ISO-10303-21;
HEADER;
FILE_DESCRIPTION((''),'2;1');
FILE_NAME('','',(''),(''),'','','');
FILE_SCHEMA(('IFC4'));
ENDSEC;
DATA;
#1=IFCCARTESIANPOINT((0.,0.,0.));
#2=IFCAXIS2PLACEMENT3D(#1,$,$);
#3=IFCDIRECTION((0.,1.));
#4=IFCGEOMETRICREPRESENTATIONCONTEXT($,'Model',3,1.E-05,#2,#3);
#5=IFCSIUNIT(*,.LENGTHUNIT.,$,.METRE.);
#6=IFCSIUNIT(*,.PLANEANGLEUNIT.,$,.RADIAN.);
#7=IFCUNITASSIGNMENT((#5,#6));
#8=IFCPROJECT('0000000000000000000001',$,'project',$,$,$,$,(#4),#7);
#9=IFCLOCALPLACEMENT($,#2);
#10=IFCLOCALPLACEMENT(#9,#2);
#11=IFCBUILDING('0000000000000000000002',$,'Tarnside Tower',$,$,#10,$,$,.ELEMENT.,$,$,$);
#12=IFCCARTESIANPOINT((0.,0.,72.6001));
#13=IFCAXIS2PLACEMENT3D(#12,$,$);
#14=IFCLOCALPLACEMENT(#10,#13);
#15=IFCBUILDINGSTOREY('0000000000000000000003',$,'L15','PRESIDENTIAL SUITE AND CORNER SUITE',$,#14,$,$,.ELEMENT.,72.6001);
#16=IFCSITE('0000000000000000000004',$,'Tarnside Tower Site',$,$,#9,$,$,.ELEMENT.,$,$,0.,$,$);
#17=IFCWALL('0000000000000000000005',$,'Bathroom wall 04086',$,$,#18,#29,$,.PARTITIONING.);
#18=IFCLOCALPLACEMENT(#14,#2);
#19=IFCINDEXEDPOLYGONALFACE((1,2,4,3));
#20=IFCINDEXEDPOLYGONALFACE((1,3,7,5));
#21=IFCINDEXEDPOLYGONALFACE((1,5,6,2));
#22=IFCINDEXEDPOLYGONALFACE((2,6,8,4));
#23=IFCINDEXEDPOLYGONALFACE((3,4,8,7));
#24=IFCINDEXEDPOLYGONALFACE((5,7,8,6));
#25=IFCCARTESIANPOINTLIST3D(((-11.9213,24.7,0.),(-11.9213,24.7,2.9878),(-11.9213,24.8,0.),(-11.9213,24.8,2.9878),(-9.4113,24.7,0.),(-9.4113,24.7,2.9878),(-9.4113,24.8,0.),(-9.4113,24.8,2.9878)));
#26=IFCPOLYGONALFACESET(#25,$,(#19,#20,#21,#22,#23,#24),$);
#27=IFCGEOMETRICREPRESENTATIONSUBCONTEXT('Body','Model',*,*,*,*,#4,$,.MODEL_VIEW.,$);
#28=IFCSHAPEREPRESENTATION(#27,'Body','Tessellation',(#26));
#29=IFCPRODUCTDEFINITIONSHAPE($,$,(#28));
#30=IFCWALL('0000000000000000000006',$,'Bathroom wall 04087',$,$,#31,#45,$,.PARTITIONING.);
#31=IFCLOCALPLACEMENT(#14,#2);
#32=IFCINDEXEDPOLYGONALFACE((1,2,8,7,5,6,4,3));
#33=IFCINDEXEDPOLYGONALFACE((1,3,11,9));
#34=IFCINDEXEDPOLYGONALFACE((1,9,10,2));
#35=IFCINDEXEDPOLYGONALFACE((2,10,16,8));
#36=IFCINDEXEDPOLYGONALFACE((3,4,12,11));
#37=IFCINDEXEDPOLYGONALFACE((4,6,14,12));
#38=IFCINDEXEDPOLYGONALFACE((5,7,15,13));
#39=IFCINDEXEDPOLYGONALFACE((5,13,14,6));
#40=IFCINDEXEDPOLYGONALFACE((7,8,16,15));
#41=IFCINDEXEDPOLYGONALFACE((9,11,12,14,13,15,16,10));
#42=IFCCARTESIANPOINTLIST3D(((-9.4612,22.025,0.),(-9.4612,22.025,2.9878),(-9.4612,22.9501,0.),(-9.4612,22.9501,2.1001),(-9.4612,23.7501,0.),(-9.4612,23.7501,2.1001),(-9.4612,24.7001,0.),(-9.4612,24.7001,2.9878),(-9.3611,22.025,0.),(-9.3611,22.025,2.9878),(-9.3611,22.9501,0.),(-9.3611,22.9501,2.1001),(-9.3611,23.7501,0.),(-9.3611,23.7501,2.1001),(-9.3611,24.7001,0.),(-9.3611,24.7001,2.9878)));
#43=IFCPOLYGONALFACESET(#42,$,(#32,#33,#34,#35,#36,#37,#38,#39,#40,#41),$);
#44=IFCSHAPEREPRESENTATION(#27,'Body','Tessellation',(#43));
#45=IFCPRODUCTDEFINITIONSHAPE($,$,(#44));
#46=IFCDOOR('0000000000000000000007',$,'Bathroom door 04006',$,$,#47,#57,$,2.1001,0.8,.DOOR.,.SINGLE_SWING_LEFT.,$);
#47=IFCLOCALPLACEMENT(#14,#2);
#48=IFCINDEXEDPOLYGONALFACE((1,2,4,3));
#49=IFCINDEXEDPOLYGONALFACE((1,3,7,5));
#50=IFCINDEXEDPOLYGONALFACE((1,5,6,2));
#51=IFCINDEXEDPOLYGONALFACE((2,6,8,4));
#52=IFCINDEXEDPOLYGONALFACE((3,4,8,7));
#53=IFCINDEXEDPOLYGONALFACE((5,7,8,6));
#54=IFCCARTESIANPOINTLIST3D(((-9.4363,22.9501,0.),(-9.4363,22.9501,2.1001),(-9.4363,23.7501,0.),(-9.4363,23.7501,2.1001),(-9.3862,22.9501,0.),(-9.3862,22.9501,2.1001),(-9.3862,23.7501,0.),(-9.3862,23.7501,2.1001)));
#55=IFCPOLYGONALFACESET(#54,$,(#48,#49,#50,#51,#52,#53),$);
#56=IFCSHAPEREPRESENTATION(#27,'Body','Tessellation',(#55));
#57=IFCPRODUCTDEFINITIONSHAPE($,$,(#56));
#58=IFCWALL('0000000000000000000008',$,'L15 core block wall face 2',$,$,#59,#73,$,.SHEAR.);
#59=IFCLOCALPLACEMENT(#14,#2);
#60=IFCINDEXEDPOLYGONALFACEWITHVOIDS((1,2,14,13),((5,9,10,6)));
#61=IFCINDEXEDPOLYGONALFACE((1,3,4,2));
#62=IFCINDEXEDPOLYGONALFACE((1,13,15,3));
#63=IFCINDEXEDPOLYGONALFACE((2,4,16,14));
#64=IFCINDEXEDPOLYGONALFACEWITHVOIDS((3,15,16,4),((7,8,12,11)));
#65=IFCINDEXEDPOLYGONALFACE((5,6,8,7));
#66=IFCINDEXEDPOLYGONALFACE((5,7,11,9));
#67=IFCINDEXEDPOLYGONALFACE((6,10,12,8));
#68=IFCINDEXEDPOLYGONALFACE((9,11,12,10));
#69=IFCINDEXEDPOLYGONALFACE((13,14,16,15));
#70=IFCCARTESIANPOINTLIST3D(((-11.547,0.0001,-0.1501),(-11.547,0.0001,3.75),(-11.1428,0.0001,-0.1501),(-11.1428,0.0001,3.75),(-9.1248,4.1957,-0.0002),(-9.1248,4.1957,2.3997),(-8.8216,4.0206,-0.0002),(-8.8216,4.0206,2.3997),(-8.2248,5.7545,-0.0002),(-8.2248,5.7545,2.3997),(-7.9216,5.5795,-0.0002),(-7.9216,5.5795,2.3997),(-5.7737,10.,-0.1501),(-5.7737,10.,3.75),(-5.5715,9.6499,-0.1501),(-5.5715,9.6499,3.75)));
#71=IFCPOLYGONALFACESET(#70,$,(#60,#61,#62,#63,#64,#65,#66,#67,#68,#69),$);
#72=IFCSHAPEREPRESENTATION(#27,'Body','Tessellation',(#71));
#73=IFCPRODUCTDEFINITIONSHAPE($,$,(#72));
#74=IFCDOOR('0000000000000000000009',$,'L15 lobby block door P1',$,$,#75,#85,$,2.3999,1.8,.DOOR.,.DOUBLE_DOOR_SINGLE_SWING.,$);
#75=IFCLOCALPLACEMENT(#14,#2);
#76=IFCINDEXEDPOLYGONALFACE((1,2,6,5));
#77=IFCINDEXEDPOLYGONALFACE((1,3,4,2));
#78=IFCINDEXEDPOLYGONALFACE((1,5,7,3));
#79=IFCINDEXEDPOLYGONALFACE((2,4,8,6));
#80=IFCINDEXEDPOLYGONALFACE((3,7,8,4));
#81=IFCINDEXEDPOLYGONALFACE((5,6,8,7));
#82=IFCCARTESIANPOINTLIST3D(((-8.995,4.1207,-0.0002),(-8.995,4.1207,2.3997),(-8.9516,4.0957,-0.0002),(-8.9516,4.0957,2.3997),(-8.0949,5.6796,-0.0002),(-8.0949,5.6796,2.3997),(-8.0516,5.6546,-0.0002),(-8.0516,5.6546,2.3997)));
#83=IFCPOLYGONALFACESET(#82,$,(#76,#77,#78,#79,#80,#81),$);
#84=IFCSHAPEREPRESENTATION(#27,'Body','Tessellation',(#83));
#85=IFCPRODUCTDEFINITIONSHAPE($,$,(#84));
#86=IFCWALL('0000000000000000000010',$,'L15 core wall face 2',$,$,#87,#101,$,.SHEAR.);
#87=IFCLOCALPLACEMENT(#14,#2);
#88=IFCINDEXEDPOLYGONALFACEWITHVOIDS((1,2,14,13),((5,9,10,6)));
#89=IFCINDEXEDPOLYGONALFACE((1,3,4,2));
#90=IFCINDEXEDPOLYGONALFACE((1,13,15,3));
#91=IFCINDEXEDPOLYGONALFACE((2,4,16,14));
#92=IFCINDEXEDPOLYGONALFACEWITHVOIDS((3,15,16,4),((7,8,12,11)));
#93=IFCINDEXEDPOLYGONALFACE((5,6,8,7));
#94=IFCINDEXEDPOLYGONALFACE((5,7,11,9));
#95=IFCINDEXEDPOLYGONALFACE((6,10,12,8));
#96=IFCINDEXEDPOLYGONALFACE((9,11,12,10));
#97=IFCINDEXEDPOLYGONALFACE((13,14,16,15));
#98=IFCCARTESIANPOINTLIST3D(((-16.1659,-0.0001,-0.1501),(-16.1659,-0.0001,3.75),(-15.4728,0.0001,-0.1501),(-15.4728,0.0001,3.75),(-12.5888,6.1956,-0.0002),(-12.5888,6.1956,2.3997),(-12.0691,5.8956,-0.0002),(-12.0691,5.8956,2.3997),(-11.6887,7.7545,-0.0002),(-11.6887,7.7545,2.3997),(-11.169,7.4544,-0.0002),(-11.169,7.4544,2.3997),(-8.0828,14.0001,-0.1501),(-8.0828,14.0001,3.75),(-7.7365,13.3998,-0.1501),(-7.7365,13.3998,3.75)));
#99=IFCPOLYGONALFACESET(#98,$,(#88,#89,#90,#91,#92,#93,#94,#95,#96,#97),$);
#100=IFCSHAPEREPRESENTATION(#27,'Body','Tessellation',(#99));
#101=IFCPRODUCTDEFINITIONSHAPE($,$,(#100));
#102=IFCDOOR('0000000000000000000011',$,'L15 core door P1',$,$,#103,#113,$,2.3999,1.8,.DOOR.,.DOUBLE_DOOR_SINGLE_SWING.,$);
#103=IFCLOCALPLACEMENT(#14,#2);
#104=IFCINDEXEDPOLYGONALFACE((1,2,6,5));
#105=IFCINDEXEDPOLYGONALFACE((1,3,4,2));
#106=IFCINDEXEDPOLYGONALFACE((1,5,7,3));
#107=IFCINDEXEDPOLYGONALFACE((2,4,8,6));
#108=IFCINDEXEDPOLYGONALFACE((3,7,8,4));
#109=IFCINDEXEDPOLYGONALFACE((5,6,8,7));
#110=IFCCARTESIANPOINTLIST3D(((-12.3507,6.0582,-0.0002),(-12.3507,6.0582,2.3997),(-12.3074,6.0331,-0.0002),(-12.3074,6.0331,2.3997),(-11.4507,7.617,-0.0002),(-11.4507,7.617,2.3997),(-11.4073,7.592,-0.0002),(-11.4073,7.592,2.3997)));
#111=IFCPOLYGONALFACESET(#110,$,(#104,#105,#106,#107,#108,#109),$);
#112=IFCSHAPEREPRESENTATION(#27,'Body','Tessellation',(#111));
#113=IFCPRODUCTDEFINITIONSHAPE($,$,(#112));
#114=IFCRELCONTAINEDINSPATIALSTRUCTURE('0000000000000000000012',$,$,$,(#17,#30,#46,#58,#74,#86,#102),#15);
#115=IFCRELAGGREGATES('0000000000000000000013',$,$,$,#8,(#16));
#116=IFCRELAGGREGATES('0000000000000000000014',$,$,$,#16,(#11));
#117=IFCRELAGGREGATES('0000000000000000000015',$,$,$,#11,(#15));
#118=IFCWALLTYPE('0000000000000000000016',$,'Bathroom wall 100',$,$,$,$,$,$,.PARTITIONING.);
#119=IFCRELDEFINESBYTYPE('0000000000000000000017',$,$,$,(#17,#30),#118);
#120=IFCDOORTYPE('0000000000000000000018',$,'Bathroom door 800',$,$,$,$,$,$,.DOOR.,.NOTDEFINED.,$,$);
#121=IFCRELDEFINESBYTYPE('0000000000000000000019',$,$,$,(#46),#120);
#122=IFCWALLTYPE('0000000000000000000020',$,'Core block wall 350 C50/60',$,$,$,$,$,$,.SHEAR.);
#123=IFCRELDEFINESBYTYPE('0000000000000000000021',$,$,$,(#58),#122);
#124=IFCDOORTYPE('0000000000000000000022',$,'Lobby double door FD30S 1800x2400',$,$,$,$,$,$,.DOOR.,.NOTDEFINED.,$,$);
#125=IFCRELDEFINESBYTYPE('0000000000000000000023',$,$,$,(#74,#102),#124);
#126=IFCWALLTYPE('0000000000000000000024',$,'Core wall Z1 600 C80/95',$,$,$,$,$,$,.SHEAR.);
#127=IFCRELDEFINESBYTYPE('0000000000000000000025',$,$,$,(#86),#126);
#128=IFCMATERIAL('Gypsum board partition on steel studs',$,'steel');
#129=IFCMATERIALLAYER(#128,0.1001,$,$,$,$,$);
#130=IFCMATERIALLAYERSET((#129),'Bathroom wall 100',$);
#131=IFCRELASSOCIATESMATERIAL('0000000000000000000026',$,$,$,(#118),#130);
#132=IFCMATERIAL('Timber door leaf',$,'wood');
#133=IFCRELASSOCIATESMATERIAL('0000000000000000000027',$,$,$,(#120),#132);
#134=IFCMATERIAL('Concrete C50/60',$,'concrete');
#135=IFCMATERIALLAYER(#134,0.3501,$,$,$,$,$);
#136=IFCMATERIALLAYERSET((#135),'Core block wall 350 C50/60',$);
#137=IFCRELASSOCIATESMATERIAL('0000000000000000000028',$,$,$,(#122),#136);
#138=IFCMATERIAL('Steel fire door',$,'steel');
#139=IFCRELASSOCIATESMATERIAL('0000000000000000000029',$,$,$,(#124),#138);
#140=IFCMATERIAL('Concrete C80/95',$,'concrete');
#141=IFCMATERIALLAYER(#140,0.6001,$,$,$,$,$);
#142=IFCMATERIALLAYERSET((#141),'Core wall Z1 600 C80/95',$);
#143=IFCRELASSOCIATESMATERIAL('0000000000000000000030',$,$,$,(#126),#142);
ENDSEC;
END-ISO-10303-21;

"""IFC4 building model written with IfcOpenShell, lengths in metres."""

from ifc_helpers import new_model, si_unit, direction, frame, frame_2d, origin, place, context, subcontext, project, spatial, polyline, rectangle, outline, extrude, material, layer, layer_set, type_object, element, fill, save


model = new_model("IFC4")

# Units and contexts
model_context = context("Model", 3, precision=1e-05, world=origin(), true_north=direction((0.0, 1.0)))
body_context = subcontext(model_context, "Body", "Model", "MODEL_VIEW")
ifc_project = project(units=[si_unit("LENGTHUNIT", "METRE"), si_unit("PLANEANGLEUNIT", "RADIAN")], contexts=[model_context])

# Site, building, storey
site_placement = place(None, origin())
site = spatial("IfcSite", under=ifc_project, at=site_placement, Name="Tarnside Tower Site", CompositionType="ELEMENT", RefElevation=0.0)
building_placement = place(site_placement, origin())
building = spatial("IfcBuilding", under=site, at=building_placement, Name="Tarnside Tower", CompositionType="ELEMENT")
storey_placement = place(building_placement, frame((0.0, 0.0, 72.6001)))
storey = spatial("IfcBuildingStorey", under=building, at=storey_placement, Name="L15", Description="PRESIDENTIAL SUITE AND CORNER SUITE", CompositionType="ELEMENT", Elevation=72.6001)

# Wall
ifc_material_1 = material(Name="Gypsum board partition on steel studs", Category="steel")
ifc_layer_1 = layer(ifc_material_1, 0.1001)
ifc_layer_set_1 = layer_set([ifc_layer_1], Name="Bathroom wall 100")
wall_type_1 = type_object("IfcWallType", Name="Bathroom wall 100", PredefinedType="PARTITIONING", material=ifc_layer_set_1)
wall_1_placement = place(storey_placement, frame((-11.9211, 24.75, 0.0), z_axis=(0.0, 0.0, 1.0), x_axis=(1.0, 0.0, 0.0)))
element("IfcWall", 1, at=wall_1_placement, inside=storey, type_object=wall_type_1, Name="Bathroom wall 04086", PredefinedType="PARTITIONING", context=body_context, shape_type="SweptSolid", body=[
    extrude(rectangle(XDim=2.51, YDim=0.1001, at=frame_2d((1.2549, 0.0))), origin(), (0.0, 0.0, 1.0), 2.9878),
])

# Walls, openings, doors
wall_2_placement = place(storey_placement, frame((-9.4111, 24.7, 0.0), z_axis=(0.0, 0.0, 1.0), x_axis=(0.0, -1.0, 0.0)))
wall_2 = element("IfcWall", 2, at=wall_2_placement, inside=storey, type_object=wall_type_1, Name="Bathroom wall 04087", PredefinedType="PARTITIONING", context=body_context, shape_type="SweptSolid", body=[
    extrude(rectangle(XDim=2.675, YDim=0.1001, at=frame_2d((1.3374, 0.0))), origin(), (0.0, 0.0, 1.0), 2.9878),
])
opening_1_placement = place(wall_2_placement, frame((0.95, 0.0, 0.0)))
opening_1 = element("IfcOpeningElement", 3, at=opening_1_placement, cuts=wall_2, PredefinedType="OPENING", context=body_context, shape_type="SweptSolid", body=[
    extrude(rectangle(XDim=0.8, YDim=2.1001, at=frame_2d((0.3999, 1.05))), frame((0.0, 0.0601, 0.0), z_axis=(0.0, -1.0, 0.0), x_axis=(1.0, 0.0, 0.0)), (0.0, 0.0, 1.0), 0.1201),
])
ifc_material_2 = material(Name="Timber door leaf", Category="wood")
door_type_1 = type_object("IfcDoorType", Name="Bathroom door 800", OperationType="NOTDEFINED", PredefinedType="DOOR", material=ifc_material_2)
door_1_placement = place(opening_1_placement, origin())
door_1 = element("IfcDoor", 4, at=door_1_placement, inside=storey, type_object=door_type_1, Name="Bathroom door 04006", OperationType="SINGLE_SWING_LEFT", OverallHeight=2.1001, OverallWidth=0.8, PredefinedType="DOOR", context=body_context, shape_type="SweptSolid", body=[
    extrude(rectangle(XDim=0.8, YDim=2.1001, at=frame_2d((0.3999, 1.05))), frame((0.0, 0.0249, 0.0), z_axis=(0.0, -1.0, 0.0), x_axis=(1.0, 0.0, 0.0)), (0.0, 0.0, 1.0), 0.05),
])
fill(opening_1, door_1)
ifc_material_3 = material(Name="Concrete C50/60", Category="concrete")
ifc_layer_2 = layer(ifc_material_3, 0.3501)
ifc_layer_set_2 = layer_set([ifc_layer_2], Name="Core block wall 350 C50/60")
wall_type_2 = type_object("IfcWallType", Name="Core block wall 350 C50/60", PredefinedType="SHEAR", material=ifc_layer_set_2)
wall_3_placement = place(storey_placement, frame((-5.6726, 9.825, -0.1501), z_axis=(0.0, 0.0, 1.0), x_axis=(-0.499995, -0.866028, 0.0)))
wall_3 = element("IfcWall", 5, at=wall_3_placement, inside=storey, type_object=wall_type_2, Name="L15 core block wall face 2", PredefinedType="SHEAR", context=body_context, shape_type="SweptSolid", body=[
    extrude(outline(polyline([(-0.1011, -0.175), (11.4458, -0.175), (11.2437, 0.175), (0.1011, 0.175), (-0.1011, -0.175)])), origin(), (0.0, 0.0, 1.0), 3.9001),
])
opening_2_placement = place(wall_3_placement, frame((4.8013, 0.0, 0.1499)))
opening_2 = element("IfcOpeningElement", 6, at=opening_2_placement, cuts=wall_3, PredefinedType="OPENING", context=body_context, shape_type="SweptSolid", body=[
    extrude(rectangle(XDim=1.8, YDim=2.3999, at=frame_2d((0.8999, 1.2))), frame((0.0, 0.1851, 0.0), z_axis=(0.0, -1.0, 0.0), x_axis=(1.0, 0.0, 0.0)), (0.0, 0.0, 1.0), 0.3701),
])
ifc_material_4 = material(Name="Steel fire door", Category="steel")
door_type_2 = type_object("IfcDoorType", Name="Lobby double door FD30S 1800x2400", OperationType="NOTDEFINED", PredefinedType="DOOR", material=ifc_material_4)
door_2_placement = place(opening_2_placement, origin())
door_2 = element("IfcDoor", 7, at=door_2_placement, inside=storey, type_object=door_type_2, Name="L15 lobby block door P1", OperationType="DOUBLE_DOOR_SINGLE_SWING", OverallHeight=2.3999, OverallWidth=1.8, PredefinedType="DOOR", context=body_context, shape_type="SweptSolid", body=[
    extrude(rectangle(XDim=1.8, YDim=2.3999, at=frame_2d((0.8999, 1.2))), frame((0.0, 0.0249, 0.0), z_axis=(0.0, -1.0, 0.0), x_axis=(1.0, 0.0, 0.0)), (0.0, 0.0, 1.0), 0.05),
])
fill(opening_2, door_2)
ifc_material_5 = material(Name="Concrete C80/95", Category="concrete")
ifc_layer_3 = layer(ifc_material_5, 0.6001)
ifc_layer_set_3 = layer_set([ifc_layer_3], Name="Core wall Z1 600 C80/95")
wall_type_3 = type_object("IfcWallType", Name="Core wall Z1 600 C80/95", PredefinedType="SHEAR", material=ifc_layer_set_3)
wall_4_placement = place(storey_placement, frame((-7.9097, 13.7, -0.1501), z_axis=(0.0, 0.0, 1.0), x_axis=(-0.5, -0.866025, 0.0)))
wall_4 = element("IfcWall", 8, at=wall_4_placement, inside=storey, type_object=wall_type_3, Name="L15 core wall face 2", PredefinedType="SHEAR", context=body_context, shape_type="SweptSolid", body=[
    extrude(outline(polyline([(-0.1733, -0.3), (15.9927, -0.3), (15.646, 0.3), (0.1733, 0.3), (-0.1733, -0.3)])), origin(), (0.0, 0.0, 1.0), 3.9001),
])
opening_3_placement = place(wall_4_placement, frame((7.0386, 0.0, 0.1499)))
opening_3 = element("IfcOpeningElement", 9, at=opening_3_placement, cuts=wall_4, PredefinedType="OPENING", context=body_context, shape_type="SweptSolid", body=[
    extrude(rectangle(XDim=1.8, YDim=2.3999, at=frame_2d((0.8999, 1.2))), frame((0.0, 0.3101, 0.0), z_axis=(0.0, -1.0, 0.0), x_axis=(1.0, 0.0, 0.0)), (0.0, 0.0, 1.0), 0.6201),
])
door_3_placement = place(opening_3_placement, origin())
door_3 = element("IfcDoor", 10, at=door_3_placement, inside=storey, type_object=door_type_2, Name="L15 core door P1", OperationType="DOUBLE_DOOR_SINGLE_SWING", OverallHeight=2.3999, OverallWidth=1.8, PredefinedType="DOOR", context=body_context, shape_type="SweptSolid", body=[
    extrude(rectangle(XDim=1.8, YDim=2.3999, at=frame_2d((0.8999, 1.2))), frame((0.0, 0.0249, 0.0), z_axis=(0.0, -1.0, 0.0), x_axis=(1.0, 0.0, 0.0)), (0.0, 0.0, 1.0), 0.05),
])
fill(opening_3, door_3)

save(model, "model.ifc")
